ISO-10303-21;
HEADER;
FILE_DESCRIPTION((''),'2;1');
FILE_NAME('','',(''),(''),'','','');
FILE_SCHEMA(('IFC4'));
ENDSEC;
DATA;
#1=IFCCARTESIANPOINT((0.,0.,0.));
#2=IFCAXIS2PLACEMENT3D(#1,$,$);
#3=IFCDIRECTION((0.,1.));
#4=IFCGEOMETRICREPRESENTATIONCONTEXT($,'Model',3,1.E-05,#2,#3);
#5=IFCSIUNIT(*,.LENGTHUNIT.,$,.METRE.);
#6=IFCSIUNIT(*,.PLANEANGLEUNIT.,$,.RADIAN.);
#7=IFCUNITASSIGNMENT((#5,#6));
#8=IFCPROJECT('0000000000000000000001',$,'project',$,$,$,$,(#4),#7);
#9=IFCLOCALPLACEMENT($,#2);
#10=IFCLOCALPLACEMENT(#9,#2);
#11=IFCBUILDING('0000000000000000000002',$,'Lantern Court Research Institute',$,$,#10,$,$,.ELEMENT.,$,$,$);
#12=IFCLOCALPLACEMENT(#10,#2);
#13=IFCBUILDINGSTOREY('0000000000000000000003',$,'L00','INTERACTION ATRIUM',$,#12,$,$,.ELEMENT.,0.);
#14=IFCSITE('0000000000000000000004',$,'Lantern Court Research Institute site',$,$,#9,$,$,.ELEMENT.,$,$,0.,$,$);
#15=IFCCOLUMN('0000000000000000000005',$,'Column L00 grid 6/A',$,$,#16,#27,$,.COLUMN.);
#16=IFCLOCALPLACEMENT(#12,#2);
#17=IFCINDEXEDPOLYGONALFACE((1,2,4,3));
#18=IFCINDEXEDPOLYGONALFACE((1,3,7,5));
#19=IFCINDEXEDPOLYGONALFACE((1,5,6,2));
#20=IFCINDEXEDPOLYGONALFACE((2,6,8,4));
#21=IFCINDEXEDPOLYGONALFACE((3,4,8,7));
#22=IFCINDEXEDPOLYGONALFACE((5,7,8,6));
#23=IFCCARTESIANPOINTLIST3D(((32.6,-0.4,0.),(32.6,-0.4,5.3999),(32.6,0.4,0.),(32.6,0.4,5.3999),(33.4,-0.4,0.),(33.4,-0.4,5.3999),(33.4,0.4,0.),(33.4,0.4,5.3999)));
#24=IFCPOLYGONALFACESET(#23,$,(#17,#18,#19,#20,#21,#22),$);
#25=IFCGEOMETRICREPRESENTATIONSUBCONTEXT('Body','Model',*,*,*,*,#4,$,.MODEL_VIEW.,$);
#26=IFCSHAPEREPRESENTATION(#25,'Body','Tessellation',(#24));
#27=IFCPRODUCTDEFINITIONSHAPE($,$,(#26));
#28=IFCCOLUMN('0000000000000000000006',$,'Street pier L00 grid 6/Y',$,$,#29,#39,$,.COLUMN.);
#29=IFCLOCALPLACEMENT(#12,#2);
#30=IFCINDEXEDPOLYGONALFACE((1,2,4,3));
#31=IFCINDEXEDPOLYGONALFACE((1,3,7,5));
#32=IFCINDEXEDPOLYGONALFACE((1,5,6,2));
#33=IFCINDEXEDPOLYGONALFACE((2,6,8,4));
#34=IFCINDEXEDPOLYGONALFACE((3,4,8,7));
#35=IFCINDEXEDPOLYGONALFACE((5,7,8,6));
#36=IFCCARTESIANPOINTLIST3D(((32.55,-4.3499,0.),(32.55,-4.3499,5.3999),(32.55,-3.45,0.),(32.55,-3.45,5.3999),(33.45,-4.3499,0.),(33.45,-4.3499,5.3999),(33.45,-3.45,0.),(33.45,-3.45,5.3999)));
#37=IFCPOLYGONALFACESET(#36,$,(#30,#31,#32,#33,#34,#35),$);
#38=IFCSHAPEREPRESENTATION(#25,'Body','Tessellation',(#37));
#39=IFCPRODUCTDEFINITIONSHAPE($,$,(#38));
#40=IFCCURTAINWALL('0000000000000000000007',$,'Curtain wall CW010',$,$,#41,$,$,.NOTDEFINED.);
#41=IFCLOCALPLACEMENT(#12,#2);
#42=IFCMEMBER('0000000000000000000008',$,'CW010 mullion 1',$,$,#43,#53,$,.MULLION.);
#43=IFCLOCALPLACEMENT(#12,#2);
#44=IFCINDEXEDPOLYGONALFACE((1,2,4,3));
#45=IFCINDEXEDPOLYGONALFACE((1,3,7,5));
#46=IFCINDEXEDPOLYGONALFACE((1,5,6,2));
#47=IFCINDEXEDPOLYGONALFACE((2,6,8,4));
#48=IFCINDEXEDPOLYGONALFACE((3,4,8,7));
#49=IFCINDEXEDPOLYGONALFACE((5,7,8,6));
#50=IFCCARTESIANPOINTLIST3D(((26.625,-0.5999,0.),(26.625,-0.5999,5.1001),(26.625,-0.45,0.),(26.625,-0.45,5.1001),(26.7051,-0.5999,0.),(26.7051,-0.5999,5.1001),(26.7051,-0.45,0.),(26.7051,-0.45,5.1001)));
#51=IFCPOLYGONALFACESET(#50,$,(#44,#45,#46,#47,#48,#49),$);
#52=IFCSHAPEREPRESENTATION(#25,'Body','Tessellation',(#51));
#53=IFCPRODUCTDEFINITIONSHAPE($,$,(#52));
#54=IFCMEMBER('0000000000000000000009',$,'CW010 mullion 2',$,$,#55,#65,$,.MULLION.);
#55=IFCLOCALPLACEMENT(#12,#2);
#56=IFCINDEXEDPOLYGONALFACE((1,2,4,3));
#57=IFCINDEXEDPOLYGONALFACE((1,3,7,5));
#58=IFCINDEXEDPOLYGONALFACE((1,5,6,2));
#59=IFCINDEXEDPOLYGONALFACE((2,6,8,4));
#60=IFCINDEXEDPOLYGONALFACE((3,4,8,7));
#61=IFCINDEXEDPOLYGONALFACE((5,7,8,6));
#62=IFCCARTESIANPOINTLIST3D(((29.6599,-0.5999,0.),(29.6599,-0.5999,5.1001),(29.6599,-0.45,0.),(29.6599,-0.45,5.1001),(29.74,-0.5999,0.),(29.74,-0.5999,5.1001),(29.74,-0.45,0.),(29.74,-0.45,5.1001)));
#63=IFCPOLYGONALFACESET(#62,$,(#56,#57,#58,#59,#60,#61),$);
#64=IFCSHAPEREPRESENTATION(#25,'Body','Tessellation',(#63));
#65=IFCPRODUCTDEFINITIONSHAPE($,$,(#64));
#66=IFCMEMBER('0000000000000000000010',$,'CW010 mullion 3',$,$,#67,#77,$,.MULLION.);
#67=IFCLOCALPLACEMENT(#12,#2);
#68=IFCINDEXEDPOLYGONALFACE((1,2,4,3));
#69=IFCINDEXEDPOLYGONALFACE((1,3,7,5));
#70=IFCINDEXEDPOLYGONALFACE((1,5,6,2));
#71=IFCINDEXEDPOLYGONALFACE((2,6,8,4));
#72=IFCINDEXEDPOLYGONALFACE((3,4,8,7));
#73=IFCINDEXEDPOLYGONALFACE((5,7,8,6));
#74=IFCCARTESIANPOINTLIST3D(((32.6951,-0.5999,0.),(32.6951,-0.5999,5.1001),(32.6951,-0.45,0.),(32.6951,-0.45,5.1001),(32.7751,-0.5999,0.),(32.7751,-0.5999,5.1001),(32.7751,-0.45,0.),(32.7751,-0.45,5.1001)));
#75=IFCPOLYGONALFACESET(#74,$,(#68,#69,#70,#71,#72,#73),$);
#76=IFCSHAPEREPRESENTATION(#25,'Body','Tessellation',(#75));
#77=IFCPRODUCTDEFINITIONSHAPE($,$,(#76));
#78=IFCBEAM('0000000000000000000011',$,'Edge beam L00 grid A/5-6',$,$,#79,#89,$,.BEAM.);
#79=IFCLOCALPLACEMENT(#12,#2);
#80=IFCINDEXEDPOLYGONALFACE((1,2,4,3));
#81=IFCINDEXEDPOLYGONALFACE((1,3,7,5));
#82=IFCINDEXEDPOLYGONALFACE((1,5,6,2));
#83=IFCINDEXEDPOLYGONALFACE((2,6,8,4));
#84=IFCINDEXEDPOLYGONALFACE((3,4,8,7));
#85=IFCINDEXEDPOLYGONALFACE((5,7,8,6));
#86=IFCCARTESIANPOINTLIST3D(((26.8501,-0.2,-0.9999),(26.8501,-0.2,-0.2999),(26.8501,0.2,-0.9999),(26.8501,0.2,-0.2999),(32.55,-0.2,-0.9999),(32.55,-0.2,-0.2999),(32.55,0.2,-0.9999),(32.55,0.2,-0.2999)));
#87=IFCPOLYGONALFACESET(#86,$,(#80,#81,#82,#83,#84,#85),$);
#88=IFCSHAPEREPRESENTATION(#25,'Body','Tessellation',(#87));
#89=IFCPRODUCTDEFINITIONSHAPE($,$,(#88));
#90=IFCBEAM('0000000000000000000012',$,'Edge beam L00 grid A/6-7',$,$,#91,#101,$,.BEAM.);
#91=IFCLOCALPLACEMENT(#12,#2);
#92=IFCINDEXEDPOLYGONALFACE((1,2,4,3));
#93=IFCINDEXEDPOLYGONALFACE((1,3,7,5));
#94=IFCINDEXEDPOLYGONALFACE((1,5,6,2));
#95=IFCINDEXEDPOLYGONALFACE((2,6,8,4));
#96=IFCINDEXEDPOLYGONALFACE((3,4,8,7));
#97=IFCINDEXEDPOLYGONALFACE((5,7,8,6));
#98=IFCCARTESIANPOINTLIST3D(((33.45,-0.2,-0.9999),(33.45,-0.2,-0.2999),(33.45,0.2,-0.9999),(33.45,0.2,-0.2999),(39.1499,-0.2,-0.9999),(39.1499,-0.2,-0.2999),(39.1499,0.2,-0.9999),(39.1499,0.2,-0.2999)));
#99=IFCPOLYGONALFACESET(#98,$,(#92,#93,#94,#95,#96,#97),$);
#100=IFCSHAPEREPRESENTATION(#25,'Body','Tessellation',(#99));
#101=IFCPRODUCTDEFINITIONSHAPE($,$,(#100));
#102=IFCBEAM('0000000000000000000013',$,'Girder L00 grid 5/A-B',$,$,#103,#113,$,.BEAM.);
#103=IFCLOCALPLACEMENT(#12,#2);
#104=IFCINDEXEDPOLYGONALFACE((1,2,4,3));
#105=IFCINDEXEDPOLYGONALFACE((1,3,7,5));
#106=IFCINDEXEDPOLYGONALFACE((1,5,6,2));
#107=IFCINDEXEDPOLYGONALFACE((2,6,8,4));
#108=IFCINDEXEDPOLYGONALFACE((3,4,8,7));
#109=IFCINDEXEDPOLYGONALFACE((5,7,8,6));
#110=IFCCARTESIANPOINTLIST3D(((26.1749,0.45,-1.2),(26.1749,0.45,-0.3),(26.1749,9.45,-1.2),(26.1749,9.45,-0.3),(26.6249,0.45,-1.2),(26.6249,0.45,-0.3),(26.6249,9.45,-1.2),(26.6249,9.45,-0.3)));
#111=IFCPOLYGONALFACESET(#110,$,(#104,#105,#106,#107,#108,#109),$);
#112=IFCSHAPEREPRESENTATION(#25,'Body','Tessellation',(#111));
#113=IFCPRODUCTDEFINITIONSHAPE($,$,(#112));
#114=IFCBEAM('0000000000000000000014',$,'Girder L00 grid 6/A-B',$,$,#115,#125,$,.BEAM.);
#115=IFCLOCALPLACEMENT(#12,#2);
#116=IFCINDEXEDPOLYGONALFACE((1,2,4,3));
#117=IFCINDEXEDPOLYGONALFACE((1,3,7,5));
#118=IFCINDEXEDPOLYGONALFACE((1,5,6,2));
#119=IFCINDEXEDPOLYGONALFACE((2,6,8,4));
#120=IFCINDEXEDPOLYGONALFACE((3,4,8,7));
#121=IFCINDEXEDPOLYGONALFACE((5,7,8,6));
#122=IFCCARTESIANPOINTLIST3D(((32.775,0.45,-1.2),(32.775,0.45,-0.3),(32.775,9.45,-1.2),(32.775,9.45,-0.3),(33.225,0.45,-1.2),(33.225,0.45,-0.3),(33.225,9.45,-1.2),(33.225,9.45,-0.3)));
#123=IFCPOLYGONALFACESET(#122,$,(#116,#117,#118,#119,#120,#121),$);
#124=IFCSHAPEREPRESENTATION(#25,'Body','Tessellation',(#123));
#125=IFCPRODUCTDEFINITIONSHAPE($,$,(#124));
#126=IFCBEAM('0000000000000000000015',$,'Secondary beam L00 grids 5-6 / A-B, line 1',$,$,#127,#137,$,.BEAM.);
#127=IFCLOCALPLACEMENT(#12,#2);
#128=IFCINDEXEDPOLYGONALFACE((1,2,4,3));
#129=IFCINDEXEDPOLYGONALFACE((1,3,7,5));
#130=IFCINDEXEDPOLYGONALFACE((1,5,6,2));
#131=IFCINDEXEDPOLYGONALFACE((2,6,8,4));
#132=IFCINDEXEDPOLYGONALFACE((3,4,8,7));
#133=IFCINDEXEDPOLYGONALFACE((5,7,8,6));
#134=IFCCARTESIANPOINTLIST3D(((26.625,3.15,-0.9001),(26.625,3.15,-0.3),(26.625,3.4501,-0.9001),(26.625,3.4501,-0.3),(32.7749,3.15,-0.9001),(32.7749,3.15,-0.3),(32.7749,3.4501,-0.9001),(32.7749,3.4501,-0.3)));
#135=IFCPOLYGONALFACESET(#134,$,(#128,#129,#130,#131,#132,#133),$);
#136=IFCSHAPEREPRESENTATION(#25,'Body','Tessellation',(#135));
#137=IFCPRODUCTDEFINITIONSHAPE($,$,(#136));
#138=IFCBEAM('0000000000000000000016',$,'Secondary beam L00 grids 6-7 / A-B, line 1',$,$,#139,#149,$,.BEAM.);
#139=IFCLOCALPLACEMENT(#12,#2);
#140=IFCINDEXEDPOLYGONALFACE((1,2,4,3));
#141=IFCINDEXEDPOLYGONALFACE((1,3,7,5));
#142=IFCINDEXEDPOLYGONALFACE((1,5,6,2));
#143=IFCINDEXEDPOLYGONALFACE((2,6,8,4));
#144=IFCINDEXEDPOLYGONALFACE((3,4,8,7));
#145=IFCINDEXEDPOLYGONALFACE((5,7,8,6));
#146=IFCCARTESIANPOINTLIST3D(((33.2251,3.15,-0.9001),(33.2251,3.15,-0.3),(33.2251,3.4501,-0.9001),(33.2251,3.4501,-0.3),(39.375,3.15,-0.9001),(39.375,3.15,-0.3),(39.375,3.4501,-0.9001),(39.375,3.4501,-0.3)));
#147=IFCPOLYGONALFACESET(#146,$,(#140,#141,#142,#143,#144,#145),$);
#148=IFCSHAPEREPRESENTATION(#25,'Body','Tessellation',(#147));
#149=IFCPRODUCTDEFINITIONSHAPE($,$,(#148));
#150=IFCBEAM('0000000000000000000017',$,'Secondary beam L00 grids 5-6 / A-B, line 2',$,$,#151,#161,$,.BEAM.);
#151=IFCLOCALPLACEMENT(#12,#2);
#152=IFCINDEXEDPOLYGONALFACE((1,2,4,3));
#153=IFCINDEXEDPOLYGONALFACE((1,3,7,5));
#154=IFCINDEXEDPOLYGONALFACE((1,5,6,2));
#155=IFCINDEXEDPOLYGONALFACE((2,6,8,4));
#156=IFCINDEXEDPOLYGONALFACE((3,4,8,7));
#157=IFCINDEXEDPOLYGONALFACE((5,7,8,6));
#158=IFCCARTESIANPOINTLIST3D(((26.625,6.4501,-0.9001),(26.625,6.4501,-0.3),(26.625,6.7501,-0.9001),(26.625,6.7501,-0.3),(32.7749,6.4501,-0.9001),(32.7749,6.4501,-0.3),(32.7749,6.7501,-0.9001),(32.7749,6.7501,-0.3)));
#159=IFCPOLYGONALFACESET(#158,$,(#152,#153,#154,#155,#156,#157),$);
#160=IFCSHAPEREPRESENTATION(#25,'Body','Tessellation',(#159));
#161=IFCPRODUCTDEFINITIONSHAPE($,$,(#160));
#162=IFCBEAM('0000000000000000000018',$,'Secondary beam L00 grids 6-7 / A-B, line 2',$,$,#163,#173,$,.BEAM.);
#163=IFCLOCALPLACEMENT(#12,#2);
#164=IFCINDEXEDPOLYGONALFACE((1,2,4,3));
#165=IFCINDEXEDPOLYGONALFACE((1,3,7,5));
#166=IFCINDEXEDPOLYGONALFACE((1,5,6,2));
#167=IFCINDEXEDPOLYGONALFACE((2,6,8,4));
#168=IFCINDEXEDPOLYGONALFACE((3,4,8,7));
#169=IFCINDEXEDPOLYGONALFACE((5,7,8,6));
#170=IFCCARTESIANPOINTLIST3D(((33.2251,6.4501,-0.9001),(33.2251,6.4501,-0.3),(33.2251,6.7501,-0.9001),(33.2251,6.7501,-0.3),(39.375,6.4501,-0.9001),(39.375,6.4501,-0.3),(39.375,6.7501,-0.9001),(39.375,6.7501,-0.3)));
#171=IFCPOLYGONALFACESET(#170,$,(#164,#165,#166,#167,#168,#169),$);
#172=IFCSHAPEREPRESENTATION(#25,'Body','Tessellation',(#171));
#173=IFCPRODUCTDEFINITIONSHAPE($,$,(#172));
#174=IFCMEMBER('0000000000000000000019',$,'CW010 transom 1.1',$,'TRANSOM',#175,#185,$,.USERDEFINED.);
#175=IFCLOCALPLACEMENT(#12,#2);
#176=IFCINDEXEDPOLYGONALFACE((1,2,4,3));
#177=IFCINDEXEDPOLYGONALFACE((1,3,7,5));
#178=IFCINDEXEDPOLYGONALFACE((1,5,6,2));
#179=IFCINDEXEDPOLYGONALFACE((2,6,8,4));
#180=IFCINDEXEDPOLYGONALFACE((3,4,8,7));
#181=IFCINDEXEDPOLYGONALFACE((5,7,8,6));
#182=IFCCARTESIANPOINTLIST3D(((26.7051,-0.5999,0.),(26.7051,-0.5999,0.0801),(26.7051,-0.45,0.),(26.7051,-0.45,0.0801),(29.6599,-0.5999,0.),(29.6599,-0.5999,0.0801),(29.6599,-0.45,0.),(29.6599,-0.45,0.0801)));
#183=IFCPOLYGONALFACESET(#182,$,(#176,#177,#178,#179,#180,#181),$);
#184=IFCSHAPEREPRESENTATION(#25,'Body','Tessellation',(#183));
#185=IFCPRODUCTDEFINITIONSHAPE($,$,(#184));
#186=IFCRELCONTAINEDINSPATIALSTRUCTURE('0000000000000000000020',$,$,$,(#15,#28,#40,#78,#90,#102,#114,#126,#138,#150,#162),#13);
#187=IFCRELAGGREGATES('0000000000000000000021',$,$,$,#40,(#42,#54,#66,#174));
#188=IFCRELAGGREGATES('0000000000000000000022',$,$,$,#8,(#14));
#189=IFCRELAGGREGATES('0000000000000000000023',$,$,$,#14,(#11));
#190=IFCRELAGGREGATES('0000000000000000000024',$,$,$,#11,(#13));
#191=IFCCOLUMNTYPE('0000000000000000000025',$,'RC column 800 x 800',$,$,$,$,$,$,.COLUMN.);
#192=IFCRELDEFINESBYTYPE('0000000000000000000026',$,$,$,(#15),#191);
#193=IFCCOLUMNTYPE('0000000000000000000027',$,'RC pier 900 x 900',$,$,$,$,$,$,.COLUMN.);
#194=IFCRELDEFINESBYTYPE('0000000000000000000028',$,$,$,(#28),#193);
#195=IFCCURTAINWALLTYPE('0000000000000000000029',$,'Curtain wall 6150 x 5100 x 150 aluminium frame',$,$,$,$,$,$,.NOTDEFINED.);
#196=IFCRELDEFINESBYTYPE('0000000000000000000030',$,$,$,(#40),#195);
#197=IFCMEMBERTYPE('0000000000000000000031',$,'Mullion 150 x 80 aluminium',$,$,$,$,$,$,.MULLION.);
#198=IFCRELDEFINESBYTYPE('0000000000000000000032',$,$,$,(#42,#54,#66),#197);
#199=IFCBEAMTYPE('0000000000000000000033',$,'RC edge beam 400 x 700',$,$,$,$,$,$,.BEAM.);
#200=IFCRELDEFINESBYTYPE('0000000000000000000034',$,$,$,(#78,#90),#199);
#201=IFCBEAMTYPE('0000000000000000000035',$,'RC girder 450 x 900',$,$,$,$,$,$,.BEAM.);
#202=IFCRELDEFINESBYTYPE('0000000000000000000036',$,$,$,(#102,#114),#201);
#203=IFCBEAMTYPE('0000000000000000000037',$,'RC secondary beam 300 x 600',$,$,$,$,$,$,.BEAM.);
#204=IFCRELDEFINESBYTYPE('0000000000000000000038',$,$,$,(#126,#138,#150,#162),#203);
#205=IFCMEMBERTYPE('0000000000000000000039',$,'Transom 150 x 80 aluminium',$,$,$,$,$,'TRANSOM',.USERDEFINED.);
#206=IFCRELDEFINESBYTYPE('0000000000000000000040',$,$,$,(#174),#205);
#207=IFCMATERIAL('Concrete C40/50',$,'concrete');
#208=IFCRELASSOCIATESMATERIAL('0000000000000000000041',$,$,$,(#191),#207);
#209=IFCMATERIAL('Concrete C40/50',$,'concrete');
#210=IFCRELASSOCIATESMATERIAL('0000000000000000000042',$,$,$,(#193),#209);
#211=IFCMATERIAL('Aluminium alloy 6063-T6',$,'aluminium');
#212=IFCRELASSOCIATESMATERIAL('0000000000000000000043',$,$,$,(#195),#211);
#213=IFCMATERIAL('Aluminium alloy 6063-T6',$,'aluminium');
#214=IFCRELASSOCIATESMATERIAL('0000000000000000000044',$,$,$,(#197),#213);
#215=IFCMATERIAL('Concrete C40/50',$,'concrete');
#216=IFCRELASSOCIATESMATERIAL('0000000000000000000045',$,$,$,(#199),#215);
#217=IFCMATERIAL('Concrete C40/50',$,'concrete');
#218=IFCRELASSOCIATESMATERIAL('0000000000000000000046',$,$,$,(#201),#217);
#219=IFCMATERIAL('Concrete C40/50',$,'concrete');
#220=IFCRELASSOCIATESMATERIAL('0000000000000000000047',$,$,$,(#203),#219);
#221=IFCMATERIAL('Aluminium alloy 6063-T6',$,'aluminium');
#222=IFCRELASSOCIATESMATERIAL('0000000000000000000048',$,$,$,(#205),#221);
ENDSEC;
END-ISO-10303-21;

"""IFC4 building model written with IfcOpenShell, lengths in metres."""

from ifc_helpers import new_model, si_unit, direction, frame, origin, origin_2d, place, context, subcontext, project, spatial, rectangle, extrude, material, material_profile, profile_set, type_object, element, aggregate, save


model = new_model("IFC4")

# Units and contexts
model_context = context("Model", 3, precision=1e-05, world=origin(), true_north=direction((0.0, 1.0)))
body_context = subcontext(model_context, "Body", "Model", "MODEL_VIEW")
ifc_project = project(units=[si_unit("LENGTHUNIT", "METRE"), si_unit("PLANEANGLEUNIT", "RADIAN")], contexts=[model_context])

# Site, building, storey
site_placement = place(None, origin())
site = spatial("IfcSite", under=ifc_project, at=site_placement, Name="Lantern Court Research Institute site", CompositionType="ELEMENT", RefElevation=0.0)
building_placement = place(site_placement, origin())
building = spatial("IfcBuilding", under=site, at=building_placement, Name="Lantern Court Research Institute", CompositionType="ELEMENT")
storey_placement = place(building_placement, origin())
storey = spatial("IfcBuildingStorey", under=building, at=storey_placement, Name="L00", Description="INTERACTION ATRIUM", CompositionType="ELEMENT", Elevation=0.0)

# Columns
ifc_material_1 = material(Name="Concrete C40/50", Category="concrete")
ifc_material_profile_1 = material_profile(ifc_material_1, rectangle(XDim=0.8, YDim=0.8, at=origin_2d()), Name="RC column 800 x 800")
ifc_profile_set_1 = profile_set([ifc_material_profile_1], Name="Concrete C40/50")
column_type_1 = type_object("IfcColumnType", Name="RC column 800 x 800", PredefinedType="COLUMN", material=ifc_profile_set_1)
column_1_placement = place(storey_placement, frame((33.0, 0.0, 0.0), z_axis=(0.0, 0.0, 1.0), x_axis=(1.0, 0.0, 0.0)))
element("IfcColumn", 1, at=column_1_placement, inside=storey, type_object=column_type_1, Name="Column L00 grid 6/A", PredefinedType="COLUMN", context=body_context, shape_type="SweptSolid", body=[
    extrude(rectangle(XDim=0.8, YDim=0.8, at=origin_2d()), origin(), (0.0, 0.0, 1.0), 5.3999),
])
ifc_material_2 = material(Name="Concrete C40/50", Category="concrete")
ifc_material_profile_2 = material_profile(ifc_material_2, rectangle(XDim=0.8999, YDim=0.8999, at=origin_2d()), Name="RC column 900 x 900")
ifc_profile_set_2 = profile_set([ifc_material_profile_2], Name="Concrete C40/50")
column_type_2 = type_object("IfcColumnType", Name="RC pier 900 x 900", PredefinedType="COLUMN", material=ifc_profile_set_2)
column_2_placement = place(storey_placement, frame((33.0, -3.8999, 0.0), z_axis=(0.0, 0.0, 1.0), x_axis=(1.0, 0.0, 0.0)))
element("IfcColumn", 2, at=column_2_placement, inside=storey, type_object=column_type_2, Name="Street pier L00 grid 6/Y", PredefinedType="COLUMN", context=body_context, shape_type="SweptSolid", body=[
    extrude(rectangle(XDim=0.8999, YDim=0.8999, at=origin_2d()), origin(), (0.0, 0.0, 1.0), 5.3999),
])

# Curtain wall, members
ifc_material_3 = material(Name="Aluminium alloy 6063-T6", Category="aluminium")
curtain_wall_type = type_object("IfcCurtainWallType", Name="Curtain wall 6150 x 5100 x 150 aluminium frame", PredefinedType="NOTDEFINED", material=ifc_material_3)
curtain_wall_placement = place(storey_placement, origin())
curtain_wall = element("IfcCurtainWall", 3, at=curtain_wall_placement, inside=storey, type_object=curtain_wall_type, Name="Curtain wall CW010", PredefinedType="NOTDEFINED")
ifc_material_4 = material(Name="Aluminium alloy 6063-T6", Category="aluminium")
ifc_material_profile_3 = material_profile(ifc_material_4, rectangle(XDim=0.1499, YDim=0.0801, at=origin_2d()), Name="Mullion 150 x 80")
ifc_profile_set_3 = profile_set([ifc_material_profile_3], Name="Aluminium alloy 6063-T6")
member_type_1 = type_object("IfcMemberType", Name="Mullion 150 x 80 aluminium", PredefinedType="MULLION", material=ifc_profile_set_3)
member_1_placement = place(storey_placement, frame((26.665, -0.5249, 0.0), z_axis=(0.0, 0.0, 1.0), x_axis=(0.0, -1.0, 0.0)))
member_1 = element("IfcMember", 4, at=member_1_placement, type_object=member_type_1, Name="CW010 mullion 1", PredefinedType="MULLION", context=body_context, shape_type="SweptSolid", body=[
    extrude(rectangle(XDim=0.1499, YDim=0.0801, at=origin_2d()), origin(), (0.0, 0.0, 1.0), 5.1001),
])
member_2_placement = place(storey_placement, frame((29.7, -0.5249, 0.0), z_axis=(0.0, 0.0, 1.0), x_axis=(0.0, -1.0, 0.0)))
member_2 = element("IfcMember", 5, at=member_2_placement, type_object=member_type_1, Name="CW010 mullion 2", PredefinedType="MULLION", context=body_context, shape_type="SweptSolid", body=[
    extrude(rectangle(XDim=0.1499, YDim=0.0801, at=origin_2d()), origin(), (0.0, 0.0, 1.0), 5.1001),
])
member_3_placement = place(storey_placement, frame((32.7351, -0.5249, 0.0), z_axis=(0.0, 0.0, 1.0), x_axis=(0.0, -1.0, 0.0)))
member_3 = element("IfcMember", 6, at=member_3_placement, type_object=member_type_1, Name="CW010 mullion 3", PredefinedType="MULLION", context=body_context, shape_type="SweptSolid", body=[
    extrude(rectangle(XDim=0.1499, YDim=0.0801, at=origin_2d()), origin(), (0.0, 0.0, 1.0), 5.1001),
])

# Beams
ifc_material_5 = material(Name="Concrete C40/50", Category="concrete")
ifc_material_profile_4 = material_profile(ifc_material_5, rectangle(XDim=0.3999, YDim=0.7, at=origin_2d()), Name="RC beam 400 x 700")
ifc_profile_set_4 = profile_set([ifc_material_profile_4], Name="Concrete C40/50")
beam_type_1 = type_object("IfcBeamType", Name="RC edge beam 400 x 700", PredefinedType="BEAM", material=ifc_profile_set_4)
for number, where, z_axis, x_axis, name in (
    (7, (26.8501, 0.0, -0.6499), (1.0, 0.0, 0.0), (0.0, 1.0, 0.0), "Edge beam L00 grid A/5-6"),
    (8, (33.45, 0.0, -0.6499), (1.0, 0.0, 0.0), (0.0, 1.0, 0.0), "Edge beam L00 grid A/6-7"),
):
    element("IfcBeam", number, at=place(storey_placement, frame(where, z_axis=z_axis, x_axis=x_axis)), inside=storey, type_object=beam_type_1, Name=name, PredefinedType="BEAM", context=body_context, shape_type="SweptSolid", body=[
        extrude(rectangle(XDim=0.3999, YDim=0.7, at=origin_2d()), origin(), (0.0, 0.0, 1.0), 5.7),
    ])
ifc_material_6 = material(Name="Concrete C40/50", Category="concrete")
ifc_material_profile_5 = material_profile(ifc_material_6, rectangle(XDim=0.45, YDim=0.8999, at=origin_2d()), Name="RC beam 450 x 900")
ifc_profile_set_5 = profile_set([ifc_material_profile_5], Name="Concrete C40/50")
beam_type_2 = type_object("IfcBeamType", Name="RC girder 450 x 900", PredefinedType="BEAM", material=ifc_profile_set_5)
for number, where, z_axis, x_axis, name in (
    (9, (26.3999, 0.45, -0.75), (0.0, 1.0, 0.0), (-1.0, 0.0, 0.0), "Girder L00 grid 5/A-B"),
    (10, (33.0, 0.45, -0.75), (0.0, 1.0, 0.0), (-1.0, 0.0, 0.0), "Girder L00 grid 6/A-B"),
):
    element("IfcBeam", number, at=place(storey_placement, frame(where, z_axis=z_axis, x_axis=x_axis)), inside=storey, type_object=beam_type_2, Name=name, PredefinedType="BEAM", context=body_context, shape_type="SweptSolid", body=[
        extrude(rectangle(XDim=0.45, YDim=0.8999, at=origin_2d()), origin(), (0.0, 0.0, 1.0), 9.0),
    ])
ifc_material_7 = material(Name="Concrete C40/50", Category="concrete")
ifc_material_profile_6 = material_profile(ifc_material_7, rectangle(XDim=0.3, YDim=0.6001, at=origin_2d()), Name="RC beam 300 x 600")
ifc_profile_set_6 = profile_set([ifc_material_profile_6], Name="Concrete C40/50")
beam_type_3 = type_object("IfcBeamType", Name="RC secondary beam 300 x 600", PredefinedType="BEAM", material=ifc_profile_set_6)
for number, where, z_axis, x_axis, name in (
    (11, (26.625, 3.3, -0.6001), (1.0, 0.0, 0.0), (0.0, 1.0, 0.0), "Secondary beam L00 grids 5-6 / A-B, line 1"),
    (12, (33.2251, 3.3, -0.6001), (1.0, 0.0, 0.0), (0.0, 1.0, 0.0), "Secondary beam L00 grids 6-7 / A-B, line 1"),
    (13, (26.625, 6.6001, -0.6001), (1.0, 0.0, 0.0), (0.0, 1.0, 0.0), "Secondary beam L00 grids 5-6 / A-B, line 2"),
    (14, (33.2251, 6.6001, -0.6001), (1.0, 0.0, 0.0), (0.0, 1.0, 0.0), "Secondary beam L00 grids 6-7 / A-B, line 2"),
):
    element("IfcBeam", number, at=place(storey_placement, frame(where, z_axis=z_axis, x_axis=x_axis)), inside=storey, type_object=beam_type_3, Name=name, PredefinedType="BEAM", context=body_context, shape_type="SweptSolid", body=[
        extrude(rectangle(XDim=0.3, YDim=0.6001, at=origin_2d()), origin(), (0.0, 0.0, 1.0), 6.1499),
    ])

# Member
ifc_material_8 = material(Name="Aluminium alloy 6063-T6", Category="aluminium")
ifc_material_profile_7 = material_profile(ifc_material_8, rectangle(XDim=0.1499, YDim=0.0801, at=origin_2d()), Name="Transom 150 x 80")
ifc_profile_set_7 = profile_set([ifc_material_profile_7], Name="Aluminium alloy 6063-T6")
member_type_2 = type_object("IfcMemberType", Name="Transom 150 x 80 aluminium", ElementType="TRANSOM", PredefinedType="USERDEFINED", material=ifc_profile_set_7)
member_4_placement = place(storey_placement, frame((29.6599, -0.5249, 0.04), z_axis=(-1.0, 0.0, 0.0), x_axis=(0.0, -1.0, 0.0)))
member_4 = element("IfcMember", 15, at=member_4_placement, type_object=member_type_2, Name="CW010 transom 1.1", ObjectType="TRANSOM", PredefinedType="USERDEFINED", context=body_context, shape_type="SweptSolid", body=[
    extrude(rectangle(XDim=0.1499, YDim=0.0801, at=origin_2d()), origin(), (0.0, 0.0, 1.0), 2.9548),
])

aggregate(curtain_wall, [member_1, member_2, member_3, member_4])

save(model, "model.ifc")
